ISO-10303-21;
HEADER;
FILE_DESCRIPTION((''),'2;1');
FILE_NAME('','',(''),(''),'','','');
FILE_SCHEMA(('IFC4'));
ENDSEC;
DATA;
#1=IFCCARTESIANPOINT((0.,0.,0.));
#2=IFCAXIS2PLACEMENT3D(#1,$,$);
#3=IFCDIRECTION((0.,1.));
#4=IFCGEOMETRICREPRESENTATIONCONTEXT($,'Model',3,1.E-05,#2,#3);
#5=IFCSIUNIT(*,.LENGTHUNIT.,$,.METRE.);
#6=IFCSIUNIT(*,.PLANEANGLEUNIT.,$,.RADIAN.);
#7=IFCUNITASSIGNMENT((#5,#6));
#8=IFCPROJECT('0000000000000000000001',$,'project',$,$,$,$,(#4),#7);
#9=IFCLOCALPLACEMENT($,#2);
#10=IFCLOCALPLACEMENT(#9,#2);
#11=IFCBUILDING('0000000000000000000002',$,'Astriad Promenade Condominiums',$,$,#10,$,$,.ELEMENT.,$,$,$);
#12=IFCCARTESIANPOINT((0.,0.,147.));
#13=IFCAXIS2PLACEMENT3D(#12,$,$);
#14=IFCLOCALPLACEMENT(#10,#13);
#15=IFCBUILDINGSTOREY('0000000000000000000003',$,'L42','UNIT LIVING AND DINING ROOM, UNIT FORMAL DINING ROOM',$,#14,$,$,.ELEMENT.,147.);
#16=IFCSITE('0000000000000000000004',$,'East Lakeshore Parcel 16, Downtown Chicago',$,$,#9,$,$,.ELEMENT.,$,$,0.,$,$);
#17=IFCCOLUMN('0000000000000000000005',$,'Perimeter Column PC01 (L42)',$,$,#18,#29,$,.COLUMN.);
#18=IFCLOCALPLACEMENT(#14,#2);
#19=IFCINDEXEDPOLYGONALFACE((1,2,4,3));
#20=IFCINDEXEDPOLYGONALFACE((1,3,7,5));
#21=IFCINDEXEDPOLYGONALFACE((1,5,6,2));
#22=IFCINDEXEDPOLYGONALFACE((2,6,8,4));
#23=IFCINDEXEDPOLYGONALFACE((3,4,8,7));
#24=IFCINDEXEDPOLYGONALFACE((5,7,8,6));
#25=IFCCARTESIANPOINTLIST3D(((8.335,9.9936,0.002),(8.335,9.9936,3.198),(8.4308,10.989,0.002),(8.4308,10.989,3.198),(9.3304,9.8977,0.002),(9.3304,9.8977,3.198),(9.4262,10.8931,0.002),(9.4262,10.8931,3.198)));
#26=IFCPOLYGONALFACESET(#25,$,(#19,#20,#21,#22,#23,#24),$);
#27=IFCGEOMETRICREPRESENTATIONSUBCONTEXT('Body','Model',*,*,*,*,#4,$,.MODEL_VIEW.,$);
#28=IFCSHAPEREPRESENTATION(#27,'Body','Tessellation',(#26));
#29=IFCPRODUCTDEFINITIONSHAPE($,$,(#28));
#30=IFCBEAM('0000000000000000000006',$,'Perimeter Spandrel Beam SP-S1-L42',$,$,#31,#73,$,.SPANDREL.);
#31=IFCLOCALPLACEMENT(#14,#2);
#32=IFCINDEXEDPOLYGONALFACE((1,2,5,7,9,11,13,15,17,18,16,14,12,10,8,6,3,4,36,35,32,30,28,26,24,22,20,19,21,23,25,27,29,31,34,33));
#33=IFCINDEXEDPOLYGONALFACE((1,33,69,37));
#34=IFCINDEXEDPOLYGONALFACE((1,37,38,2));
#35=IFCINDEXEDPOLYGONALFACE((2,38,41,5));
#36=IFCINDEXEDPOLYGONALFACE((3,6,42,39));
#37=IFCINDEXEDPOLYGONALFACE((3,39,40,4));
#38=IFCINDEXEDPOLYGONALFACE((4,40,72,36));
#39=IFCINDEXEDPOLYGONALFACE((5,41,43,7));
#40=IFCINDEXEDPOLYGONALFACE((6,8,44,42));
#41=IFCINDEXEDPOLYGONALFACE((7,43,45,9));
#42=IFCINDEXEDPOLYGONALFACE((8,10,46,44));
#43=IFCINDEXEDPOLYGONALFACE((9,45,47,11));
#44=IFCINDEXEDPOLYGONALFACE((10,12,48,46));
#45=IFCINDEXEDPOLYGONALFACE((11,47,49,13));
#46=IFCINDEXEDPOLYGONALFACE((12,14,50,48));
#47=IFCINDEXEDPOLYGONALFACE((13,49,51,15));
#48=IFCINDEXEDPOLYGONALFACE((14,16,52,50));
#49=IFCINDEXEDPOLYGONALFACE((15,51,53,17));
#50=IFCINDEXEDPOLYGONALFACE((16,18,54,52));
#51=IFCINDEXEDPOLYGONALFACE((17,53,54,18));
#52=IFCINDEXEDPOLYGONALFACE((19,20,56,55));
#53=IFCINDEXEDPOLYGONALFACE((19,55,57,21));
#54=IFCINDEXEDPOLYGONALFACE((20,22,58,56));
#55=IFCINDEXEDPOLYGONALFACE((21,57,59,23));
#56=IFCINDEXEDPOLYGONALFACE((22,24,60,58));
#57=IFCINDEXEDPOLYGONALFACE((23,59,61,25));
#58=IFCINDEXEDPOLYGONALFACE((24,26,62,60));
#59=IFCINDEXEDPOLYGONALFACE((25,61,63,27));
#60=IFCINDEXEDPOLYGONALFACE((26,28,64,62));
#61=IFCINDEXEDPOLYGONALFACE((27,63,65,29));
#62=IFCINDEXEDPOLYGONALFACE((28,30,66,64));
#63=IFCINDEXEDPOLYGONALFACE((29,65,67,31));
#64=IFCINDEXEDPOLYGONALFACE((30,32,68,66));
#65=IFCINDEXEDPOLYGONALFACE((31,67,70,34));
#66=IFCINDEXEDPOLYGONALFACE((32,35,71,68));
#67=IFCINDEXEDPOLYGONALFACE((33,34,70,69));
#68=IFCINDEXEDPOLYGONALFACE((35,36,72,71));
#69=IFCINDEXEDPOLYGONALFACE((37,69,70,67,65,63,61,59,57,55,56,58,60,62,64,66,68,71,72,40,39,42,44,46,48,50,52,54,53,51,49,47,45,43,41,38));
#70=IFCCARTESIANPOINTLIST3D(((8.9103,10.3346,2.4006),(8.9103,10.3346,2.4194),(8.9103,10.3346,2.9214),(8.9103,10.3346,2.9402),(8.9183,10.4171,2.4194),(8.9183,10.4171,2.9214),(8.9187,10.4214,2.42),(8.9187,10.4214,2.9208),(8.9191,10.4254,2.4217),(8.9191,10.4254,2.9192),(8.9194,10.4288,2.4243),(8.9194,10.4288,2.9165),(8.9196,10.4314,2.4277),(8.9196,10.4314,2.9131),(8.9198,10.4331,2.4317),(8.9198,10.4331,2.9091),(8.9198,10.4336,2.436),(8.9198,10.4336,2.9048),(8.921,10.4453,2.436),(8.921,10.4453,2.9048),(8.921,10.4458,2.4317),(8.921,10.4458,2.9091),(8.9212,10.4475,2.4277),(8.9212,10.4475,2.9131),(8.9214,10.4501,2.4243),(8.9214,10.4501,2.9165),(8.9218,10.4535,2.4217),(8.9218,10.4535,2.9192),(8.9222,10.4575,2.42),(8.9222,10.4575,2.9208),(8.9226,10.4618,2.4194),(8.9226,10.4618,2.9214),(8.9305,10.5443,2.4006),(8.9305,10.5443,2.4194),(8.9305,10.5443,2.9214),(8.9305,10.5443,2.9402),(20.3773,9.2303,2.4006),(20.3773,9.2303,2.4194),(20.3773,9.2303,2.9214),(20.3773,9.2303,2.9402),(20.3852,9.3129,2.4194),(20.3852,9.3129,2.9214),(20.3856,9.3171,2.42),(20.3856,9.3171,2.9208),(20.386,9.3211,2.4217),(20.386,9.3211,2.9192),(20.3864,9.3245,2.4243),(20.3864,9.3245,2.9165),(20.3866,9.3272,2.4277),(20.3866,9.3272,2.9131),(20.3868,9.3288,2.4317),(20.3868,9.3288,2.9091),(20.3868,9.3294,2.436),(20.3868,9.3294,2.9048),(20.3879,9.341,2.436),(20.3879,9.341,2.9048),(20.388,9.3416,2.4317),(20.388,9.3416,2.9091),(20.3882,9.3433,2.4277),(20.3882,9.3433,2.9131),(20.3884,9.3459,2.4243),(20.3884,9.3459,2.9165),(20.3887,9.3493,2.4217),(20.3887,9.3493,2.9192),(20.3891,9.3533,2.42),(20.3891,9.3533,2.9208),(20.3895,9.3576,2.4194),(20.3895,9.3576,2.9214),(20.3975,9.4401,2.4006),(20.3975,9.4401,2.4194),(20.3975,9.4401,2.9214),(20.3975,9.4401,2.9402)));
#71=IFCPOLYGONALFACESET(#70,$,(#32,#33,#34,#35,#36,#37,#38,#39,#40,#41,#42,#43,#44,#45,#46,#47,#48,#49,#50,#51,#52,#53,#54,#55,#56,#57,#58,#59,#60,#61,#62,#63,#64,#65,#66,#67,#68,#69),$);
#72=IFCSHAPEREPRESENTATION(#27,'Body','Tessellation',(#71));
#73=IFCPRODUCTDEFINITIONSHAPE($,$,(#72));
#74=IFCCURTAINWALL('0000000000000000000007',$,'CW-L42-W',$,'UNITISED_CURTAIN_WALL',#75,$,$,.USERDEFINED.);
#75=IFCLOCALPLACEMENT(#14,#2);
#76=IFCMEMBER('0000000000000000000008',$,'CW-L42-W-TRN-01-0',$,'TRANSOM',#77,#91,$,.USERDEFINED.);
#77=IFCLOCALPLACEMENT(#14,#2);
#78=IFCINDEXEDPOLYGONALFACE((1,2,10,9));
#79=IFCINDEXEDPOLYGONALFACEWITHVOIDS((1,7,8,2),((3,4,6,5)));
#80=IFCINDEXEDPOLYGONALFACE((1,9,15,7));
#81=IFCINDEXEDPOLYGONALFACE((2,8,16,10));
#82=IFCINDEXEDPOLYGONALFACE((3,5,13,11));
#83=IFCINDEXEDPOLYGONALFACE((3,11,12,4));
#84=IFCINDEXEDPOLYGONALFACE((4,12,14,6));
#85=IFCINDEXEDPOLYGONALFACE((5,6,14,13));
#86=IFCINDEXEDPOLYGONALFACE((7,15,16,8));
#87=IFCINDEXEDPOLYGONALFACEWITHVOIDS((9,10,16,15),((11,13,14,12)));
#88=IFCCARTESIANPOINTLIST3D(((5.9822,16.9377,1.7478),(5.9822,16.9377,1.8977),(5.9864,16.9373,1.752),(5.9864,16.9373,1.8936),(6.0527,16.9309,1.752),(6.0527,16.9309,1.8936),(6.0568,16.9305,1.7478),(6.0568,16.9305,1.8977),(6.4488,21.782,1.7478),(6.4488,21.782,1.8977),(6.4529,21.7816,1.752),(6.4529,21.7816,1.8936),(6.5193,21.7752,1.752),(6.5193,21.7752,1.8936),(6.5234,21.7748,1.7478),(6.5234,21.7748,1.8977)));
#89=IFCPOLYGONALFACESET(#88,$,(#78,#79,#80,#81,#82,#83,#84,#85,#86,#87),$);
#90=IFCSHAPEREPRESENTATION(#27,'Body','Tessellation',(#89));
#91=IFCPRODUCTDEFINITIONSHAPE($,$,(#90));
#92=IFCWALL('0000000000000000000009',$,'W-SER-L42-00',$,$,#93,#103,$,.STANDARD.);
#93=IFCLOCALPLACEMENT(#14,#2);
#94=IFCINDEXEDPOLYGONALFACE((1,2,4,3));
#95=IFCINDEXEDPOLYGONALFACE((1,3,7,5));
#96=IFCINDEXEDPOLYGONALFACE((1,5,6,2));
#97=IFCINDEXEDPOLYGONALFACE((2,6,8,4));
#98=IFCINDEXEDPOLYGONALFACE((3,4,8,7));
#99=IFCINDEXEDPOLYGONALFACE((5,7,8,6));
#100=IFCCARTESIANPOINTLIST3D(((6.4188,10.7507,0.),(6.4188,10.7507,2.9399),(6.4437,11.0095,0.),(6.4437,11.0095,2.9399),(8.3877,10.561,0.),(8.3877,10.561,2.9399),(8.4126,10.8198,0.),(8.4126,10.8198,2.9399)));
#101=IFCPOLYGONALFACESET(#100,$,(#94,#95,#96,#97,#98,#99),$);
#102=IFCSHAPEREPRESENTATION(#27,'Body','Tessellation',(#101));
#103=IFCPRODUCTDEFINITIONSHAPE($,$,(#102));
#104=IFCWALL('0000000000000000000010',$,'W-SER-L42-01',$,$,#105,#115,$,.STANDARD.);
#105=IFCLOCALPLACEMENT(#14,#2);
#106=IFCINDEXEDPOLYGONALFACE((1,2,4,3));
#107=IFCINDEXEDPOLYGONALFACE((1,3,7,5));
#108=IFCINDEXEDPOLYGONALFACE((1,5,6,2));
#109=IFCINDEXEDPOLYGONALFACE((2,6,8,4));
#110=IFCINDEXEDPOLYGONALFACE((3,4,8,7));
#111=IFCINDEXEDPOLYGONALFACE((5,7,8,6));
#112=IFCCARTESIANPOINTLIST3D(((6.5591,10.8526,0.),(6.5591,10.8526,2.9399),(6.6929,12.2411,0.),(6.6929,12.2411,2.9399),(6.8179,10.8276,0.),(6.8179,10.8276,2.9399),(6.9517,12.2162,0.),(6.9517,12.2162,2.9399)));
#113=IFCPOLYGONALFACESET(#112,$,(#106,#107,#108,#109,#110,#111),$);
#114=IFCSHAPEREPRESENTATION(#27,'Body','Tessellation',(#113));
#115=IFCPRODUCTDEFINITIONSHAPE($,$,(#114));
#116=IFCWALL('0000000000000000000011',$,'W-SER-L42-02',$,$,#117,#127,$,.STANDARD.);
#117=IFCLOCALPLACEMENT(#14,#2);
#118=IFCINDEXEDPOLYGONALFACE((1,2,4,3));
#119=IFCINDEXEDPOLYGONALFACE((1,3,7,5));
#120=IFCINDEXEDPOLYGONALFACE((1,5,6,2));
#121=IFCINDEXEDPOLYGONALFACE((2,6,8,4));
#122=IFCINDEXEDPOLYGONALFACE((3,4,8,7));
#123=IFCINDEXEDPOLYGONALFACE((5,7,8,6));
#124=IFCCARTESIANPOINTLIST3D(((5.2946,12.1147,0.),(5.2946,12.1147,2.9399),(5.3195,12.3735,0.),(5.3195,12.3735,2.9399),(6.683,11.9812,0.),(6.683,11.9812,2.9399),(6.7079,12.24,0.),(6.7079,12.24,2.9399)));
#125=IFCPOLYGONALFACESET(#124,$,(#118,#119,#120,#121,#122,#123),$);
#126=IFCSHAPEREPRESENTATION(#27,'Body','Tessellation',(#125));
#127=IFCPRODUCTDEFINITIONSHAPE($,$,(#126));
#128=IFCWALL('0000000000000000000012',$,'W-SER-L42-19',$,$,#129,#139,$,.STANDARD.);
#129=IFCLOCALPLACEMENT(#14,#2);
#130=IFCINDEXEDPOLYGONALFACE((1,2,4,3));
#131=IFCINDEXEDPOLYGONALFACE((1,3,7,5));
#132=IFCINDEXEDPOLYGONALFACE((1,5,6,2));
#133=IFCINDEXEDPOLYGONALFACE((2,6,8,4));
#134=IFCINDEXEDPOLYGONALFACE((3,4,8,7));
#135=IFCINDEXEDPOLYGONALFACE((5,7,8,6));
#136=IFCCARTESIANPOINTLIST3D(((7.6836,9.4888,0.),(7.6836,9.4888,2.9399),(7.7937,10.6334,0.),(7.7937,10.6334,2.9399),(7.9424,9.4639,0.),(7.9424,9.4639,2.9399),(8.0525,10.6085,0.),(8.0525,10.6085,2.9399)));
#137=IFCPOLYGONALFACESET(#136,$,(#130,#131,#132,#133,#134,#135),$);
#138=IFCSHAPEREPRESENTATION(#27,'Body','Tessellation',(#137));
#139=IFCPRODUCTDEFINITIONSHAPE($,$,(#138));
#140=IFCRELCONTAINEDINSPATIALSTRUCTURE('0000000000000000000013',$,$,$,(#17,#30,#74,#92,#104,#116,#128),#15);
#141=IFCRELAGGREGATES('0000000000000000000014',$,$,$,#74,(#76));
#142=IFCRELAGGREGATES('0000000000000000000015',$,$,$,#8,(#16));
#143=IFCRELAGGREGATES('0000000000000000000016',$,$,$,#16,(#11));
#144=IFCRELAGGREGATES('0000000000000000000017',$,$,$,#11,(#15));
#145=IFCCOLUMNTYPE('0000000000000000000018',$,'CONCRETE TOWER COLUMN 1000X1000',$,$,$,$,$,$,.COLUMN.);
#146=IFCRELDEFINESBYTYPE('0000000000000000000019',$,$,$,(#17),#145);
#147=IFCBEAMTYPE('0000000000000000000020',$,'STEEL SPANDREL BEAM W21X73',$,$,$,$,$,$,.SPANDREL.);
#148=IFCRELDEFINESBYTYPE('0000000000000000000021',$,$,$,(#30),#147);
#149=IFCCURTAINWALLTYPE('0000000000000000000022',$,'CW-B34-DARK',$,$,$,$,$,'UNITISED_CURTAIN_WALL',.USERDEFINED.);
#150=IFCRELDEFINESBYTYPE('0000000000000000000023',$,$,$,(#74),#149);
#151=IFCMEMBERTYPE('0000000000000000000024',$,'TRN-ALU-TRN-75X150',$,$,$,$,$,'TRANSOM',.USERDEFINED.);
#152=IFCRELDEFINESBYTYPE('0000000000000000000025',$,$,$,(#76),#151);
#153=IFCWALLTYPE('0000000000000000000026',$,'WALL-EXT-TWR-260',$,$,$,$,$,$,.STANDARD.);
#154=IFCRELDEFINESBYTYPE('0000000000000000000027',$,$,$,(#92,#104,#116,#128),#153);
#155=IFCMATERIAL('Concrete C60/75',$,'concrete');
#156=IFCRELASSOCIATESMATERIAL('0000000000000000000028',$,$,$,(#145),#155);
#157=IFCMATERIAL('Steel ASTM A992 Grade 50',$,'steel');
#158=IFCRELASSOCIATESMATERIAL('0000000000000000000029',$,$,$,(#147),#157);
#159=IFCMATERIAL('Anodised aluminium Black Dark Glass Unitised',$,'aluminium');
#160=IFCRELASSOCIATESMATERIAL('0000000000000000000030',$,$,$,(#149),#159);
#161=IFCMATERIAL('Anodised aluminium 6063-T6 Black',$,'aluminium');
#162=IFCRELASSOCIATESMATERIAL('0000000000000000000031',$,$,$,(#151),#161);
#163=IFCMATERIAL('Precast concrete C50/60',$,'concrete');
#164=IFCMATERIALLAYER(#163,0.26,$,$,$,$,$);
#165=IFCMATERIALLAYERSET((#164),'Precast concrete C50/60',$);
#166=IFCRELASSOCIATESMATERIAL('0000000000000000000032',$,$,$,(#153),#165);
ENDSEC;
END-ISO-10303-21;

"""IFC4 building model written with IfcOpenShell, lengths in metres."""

from ifc_helpers import new_model, si_unit, direction, frame, frame_2d, origin, origin_2d, place, context, subcontext, project, spatial, rectangle, hollow_rectangle, i_section, extrude, source, transform, mapped, material, layer, layer_set, material_profile, profile_set, type_object, type_shapes, element, aggregate, save


model = new_model("IFC4")

# Units and contexts
model_context = context("Model", 3, precision=1e-05, world=origin(), true_north=direction((0.0, 1.0)))
body_context = subcontext(model_context, "Body", "Model", "MODEL_VIEW")
ifc_project = project(units=[si_unit("LENGTHUNIT", "METRE"), si_unit("PLANEANGLEUNIT", "RADIAN")], contexts=[model_context])

# Site, building, storey
site_placement = place(None, origin())
site = spatial("IfcSite", under=ifc_project, at=site_placement, Name="East Lakeshore Parcel 16, Downtown Chicago", CompositionType="ELEMENT", RefElevation=0.0)
building_placement = place(site_placement, origin())
building = spatial("IfcBuilding", under=site, at=building_placement, Name="Astriad Promenade Condominiums", CompositionType="ELEMENT")
storey_placement = place(building_placement, frame((0.0, 0.0, 147.0)))
storey = spatial("IfcBuildingStorey", under=building, at=storey_placement, Name="L42", Description="UNIT LIVING AND DINING ROOM, UNIT FORMAL DINING ROOM", CompositionType="ELEMENT", Elevation=147.0)

# Column
ifc_material_1 = material(Name="Concrete C60/75", Category="concrete")
ifc_material_profile_1 = material_profile(ifc_material_1, rectangle(XDim=1.0, YDim=1.0, at=origin_2d()), Name="RC-COL-1000X1000")
ifc_profile_set_1 = profile_set([ifc_material_profile_1], Name="Concrete C60/75")
column_type = type_object("IfcColumnType", Name="CONCRETE TOWER COLUMN 1000X1000", PredefinedType="COLUMN", material=ifc_profile_set_1)
shared_shape_1 = source(origin(), body_context, "Body", "SweptSolid", [
    extrude(rectangle(XDim=1.0, YDim=1.0, at=origin_2d()), origin(), (0.0, 0.0, 1.0), 3.196),
])
type_shapes(column_type, [shared_shape_1])
column_placement = place(storey_placement, frame((8.8806, 10.4434, 0.002), z_axis=(0.0, 0.0, 1.0), x_axis=(0.995396, -0.095846, 0.0)))
element("IfcColumn", 1, at=column_placement, inside=storey, type_object=column_type, Name="Perimeter Column PC01 (L42)", PredefinedType="COLUMN", context=body_context, shape_type="MappedRepresentation", body=[
    mapped(shared_shape_1, transform((0.0, 0.0, 0.0), scale=1.0)),
])

# Beam
ifc_material_2 = material(Name="Steel ASTM A992 Grade 50", Category="steel")
ifc_material_profile_2 = material_profile(ifc_material_2, i_section(OverallWidth=0.2107, OverallDepth=0.5396, WebThickness=0.0117, FlangeThickness=0.0188, FilletRadius=0.0166, at=origin_2d()), Name="W21X73")
ifc_profile_set_2 = profile_set([ifc_material_profile_2], Name="Steel ASTM A992 Grade 50")
beam_type = type_object("IfcBeamType", Name="STEEL SPANDREL BEAM W21X73", PredefinedType="SPANDREL", material=ifc_profile_set_2)
shared_shape_2 = source(origin(), body_context, "Body", "SweptSolid", [
    extrude(i_section(OverallWidth=0.2107, OverallDepth=0.5396, WebThickness=0.0117, FlangeThickness=0.0188, FilletRadius=0.0166, at=origin_2d()), origin(), (0.0, 0.0, 1.0), 11.52),
])
type_shapes(beam_type, [shared_shape_2])
beam_placement = place(storey_placement, frame((8.9204, 10.4395, 2.6704), z_axis=(0.995395, -0.095854, 0.0), x_axis=(0.095854, 0.995395, 0.0)))
element("IfcBeam", 2, at=beam_placement, inside=storey, type_object=beam_type, Name="Perimeter Spandrel Beam SP-S1-L42", PredefinedType="SPANDREL", context=body_context, shape_type="MappedRepresentation", body=[
    mapped(shared_shape_2, transform((0.0, 0.0, 0.0), scale=1.0)),
])

# Curtain wall, member
ifc_material_3 = material(Name="Anodised aluminium Black Dark Glass Unitised", Category="aluminium")
curtain_wall_type = type_object("IfcCurtainWallType", Name="CW-B34-DARK", ElementType="UNITISED_CURTAIN_WALL", PredefinedType="USERDEFINED", material=ifc_material_3)
curtain_wall_placement = place(storey_placement, origin())
curtain_wall = element("IfcCurtainWall", 3, at=curtain_wall_placement, inside=storey, type_object=curtain_wall_type, Name="CW-L42-W", ObjectType="UNITISED_CURTAIN_WALL", PredefinedType="USERDEFINED")
ifc_material_4 = material(Name="Anodised aluminium 6063-T6 Black", Category="aluminium")
ifc_material_profile_3 = material_profile(ifc_material_4, hollow_rectangle(XDim=0.075, YDim=0.1499, WallThickness=0.0042, at=origin_2d()), Name="ALU-TRN-75X150")
ifc_profile_set_3 = profile_set([ifc_material_profile_3], Name="Anodised aluminium 6063-T6 Black")
member_type = type_object("IfcMemberType", Name="TRN-ALU-TRN-75X150", ElementType="TRANSOM", PredefinedType="USERDEFINED", material=ifc_profile_set_3)
shared_shape_3 = source(origin(), body_context, "Body", "SweptSolid", [
    extrude(hollow_rectangle(XDim=0.075, YDim=0.1499, WallThickness=0.0042, at=origin_2d()), origin(), (0.0, 0.0, 1.0), 4.8667),
])
type_shapes(member_type, [shared_shape_3])
member_placement = place(storey_placement, frame((6.0195, 16.9341, 1.8228), z_axis=(0.095867, 0.995394, 0.0), x_axis=(-0.995394, 0.095867, 0.0)))
member = element("IfcMember", 4, at=member_placement, type_object=member_type, Name="CW-L42-W-TRN-01-0", ObjectType="TRANSOM", PredefinedType="USERDEFINED", context=body_context, shape_type="MappedRepresentation", body=[
    mapped(shared_shape_3, transform((0.0, 0.0, 0.0), scale=1.0)),
])
aggregate(curtain_wall, [member])

# Walls
ifc_material_5 = material(Name="Precast concrete C50/60", Category="concrete")
ifc_layer_1 = layer(ifc_material_5, 0.26)
ifc_layer_set_1 = layer_set([ifc_layer_1], Name="Precast concrete C50/60")
wall_type_1 = type_object("IfcWallType", Name="WALL-EXT-TWR-260", PredefinedType="STANDARD", material=ifc_layer_set_1)
wall_1_placement = place(storey_placement, frame((8.4001, 10.6904, 0.0), z_axis=(0.0, 0.0, 1.0), x_axis=(-0.995391, 0.095898, 0.0)))
element("IfcWall", 5, at=wall_1_placement, inside=storey, type_object=wall_type_1, Name="W-SER-L42-00", PredefinedType="STANDARD", context=body_context, shape_type="SweptSolid", body=[
    extrude(rectangle(XDim=1.978, YDim=0.26, at=frame_2d((0.989, 0.0))), origin(), (0.0, 0.0, 1.0), 2.9399),
])
wall_2_placement = place(storey_placement, frame((6.6885, 10.8401, 0.0), z_axis=(0.0, 0.0, 1.0), x_axis=(0.095899, 0.995391, 0.0)))
element("IfcWall", 6, at=wall_2_placement, inside=storey, type_object=wall_type_1, Name="W-SER-L42-01", PredefinedType="STANDARD", context=body_context, shape_type="SweptSolid", body=[
    extrude(rectangle(XDim=1.395, YDim=0.26, at=frame_2d((0.6975, 0.0))), origin(), (0.0, 0.0, 1.0), 2.9399),
])
wall_3_placement = place(storey_placement, frame((6.6953, 12.1106, 0.0), z_axis=(0.0, 0.0, 1.0), x_axis=(-0.995406, 0.095742, 0.0)))
element("IfcWall", 7, at=wall_3_placement, inside=storey, type_object=wall_type_1, Name="W-SER-L42-02", PredefinedType="STANDARD", context=body_context, shape_type="SweptSolid", body=[
    extrude(rectangle(XDim=1.3948, YDim=0.26, at=frame_2d((0.6973, 0.0))), origin(), (0.0, 0.0, 1.0), 2.9399),
])
wall_4_placement = place(storey_placement, frame((7.813, 9.4763, 0.0), z_axis=(0.0, 0.0, 1.0), x_axis=(0.095761, 0.995404, 0.0)))
element("IfcWall", 8, at=wall_4_placement, inside=storey, type_object=wall_type_1, Name="W-SER-L42-19", PredefinedType="STANDARD", context=body_context, shape_type="SweptSolid", body=[
    extrude(rectangle(XDim=1.1499, YDim=0.26, at=frame_2d((0.575, 0.0))), origin(), (0.0, 0.0, 1.0), 2.9399),
])

save(model, "model.ifc")
